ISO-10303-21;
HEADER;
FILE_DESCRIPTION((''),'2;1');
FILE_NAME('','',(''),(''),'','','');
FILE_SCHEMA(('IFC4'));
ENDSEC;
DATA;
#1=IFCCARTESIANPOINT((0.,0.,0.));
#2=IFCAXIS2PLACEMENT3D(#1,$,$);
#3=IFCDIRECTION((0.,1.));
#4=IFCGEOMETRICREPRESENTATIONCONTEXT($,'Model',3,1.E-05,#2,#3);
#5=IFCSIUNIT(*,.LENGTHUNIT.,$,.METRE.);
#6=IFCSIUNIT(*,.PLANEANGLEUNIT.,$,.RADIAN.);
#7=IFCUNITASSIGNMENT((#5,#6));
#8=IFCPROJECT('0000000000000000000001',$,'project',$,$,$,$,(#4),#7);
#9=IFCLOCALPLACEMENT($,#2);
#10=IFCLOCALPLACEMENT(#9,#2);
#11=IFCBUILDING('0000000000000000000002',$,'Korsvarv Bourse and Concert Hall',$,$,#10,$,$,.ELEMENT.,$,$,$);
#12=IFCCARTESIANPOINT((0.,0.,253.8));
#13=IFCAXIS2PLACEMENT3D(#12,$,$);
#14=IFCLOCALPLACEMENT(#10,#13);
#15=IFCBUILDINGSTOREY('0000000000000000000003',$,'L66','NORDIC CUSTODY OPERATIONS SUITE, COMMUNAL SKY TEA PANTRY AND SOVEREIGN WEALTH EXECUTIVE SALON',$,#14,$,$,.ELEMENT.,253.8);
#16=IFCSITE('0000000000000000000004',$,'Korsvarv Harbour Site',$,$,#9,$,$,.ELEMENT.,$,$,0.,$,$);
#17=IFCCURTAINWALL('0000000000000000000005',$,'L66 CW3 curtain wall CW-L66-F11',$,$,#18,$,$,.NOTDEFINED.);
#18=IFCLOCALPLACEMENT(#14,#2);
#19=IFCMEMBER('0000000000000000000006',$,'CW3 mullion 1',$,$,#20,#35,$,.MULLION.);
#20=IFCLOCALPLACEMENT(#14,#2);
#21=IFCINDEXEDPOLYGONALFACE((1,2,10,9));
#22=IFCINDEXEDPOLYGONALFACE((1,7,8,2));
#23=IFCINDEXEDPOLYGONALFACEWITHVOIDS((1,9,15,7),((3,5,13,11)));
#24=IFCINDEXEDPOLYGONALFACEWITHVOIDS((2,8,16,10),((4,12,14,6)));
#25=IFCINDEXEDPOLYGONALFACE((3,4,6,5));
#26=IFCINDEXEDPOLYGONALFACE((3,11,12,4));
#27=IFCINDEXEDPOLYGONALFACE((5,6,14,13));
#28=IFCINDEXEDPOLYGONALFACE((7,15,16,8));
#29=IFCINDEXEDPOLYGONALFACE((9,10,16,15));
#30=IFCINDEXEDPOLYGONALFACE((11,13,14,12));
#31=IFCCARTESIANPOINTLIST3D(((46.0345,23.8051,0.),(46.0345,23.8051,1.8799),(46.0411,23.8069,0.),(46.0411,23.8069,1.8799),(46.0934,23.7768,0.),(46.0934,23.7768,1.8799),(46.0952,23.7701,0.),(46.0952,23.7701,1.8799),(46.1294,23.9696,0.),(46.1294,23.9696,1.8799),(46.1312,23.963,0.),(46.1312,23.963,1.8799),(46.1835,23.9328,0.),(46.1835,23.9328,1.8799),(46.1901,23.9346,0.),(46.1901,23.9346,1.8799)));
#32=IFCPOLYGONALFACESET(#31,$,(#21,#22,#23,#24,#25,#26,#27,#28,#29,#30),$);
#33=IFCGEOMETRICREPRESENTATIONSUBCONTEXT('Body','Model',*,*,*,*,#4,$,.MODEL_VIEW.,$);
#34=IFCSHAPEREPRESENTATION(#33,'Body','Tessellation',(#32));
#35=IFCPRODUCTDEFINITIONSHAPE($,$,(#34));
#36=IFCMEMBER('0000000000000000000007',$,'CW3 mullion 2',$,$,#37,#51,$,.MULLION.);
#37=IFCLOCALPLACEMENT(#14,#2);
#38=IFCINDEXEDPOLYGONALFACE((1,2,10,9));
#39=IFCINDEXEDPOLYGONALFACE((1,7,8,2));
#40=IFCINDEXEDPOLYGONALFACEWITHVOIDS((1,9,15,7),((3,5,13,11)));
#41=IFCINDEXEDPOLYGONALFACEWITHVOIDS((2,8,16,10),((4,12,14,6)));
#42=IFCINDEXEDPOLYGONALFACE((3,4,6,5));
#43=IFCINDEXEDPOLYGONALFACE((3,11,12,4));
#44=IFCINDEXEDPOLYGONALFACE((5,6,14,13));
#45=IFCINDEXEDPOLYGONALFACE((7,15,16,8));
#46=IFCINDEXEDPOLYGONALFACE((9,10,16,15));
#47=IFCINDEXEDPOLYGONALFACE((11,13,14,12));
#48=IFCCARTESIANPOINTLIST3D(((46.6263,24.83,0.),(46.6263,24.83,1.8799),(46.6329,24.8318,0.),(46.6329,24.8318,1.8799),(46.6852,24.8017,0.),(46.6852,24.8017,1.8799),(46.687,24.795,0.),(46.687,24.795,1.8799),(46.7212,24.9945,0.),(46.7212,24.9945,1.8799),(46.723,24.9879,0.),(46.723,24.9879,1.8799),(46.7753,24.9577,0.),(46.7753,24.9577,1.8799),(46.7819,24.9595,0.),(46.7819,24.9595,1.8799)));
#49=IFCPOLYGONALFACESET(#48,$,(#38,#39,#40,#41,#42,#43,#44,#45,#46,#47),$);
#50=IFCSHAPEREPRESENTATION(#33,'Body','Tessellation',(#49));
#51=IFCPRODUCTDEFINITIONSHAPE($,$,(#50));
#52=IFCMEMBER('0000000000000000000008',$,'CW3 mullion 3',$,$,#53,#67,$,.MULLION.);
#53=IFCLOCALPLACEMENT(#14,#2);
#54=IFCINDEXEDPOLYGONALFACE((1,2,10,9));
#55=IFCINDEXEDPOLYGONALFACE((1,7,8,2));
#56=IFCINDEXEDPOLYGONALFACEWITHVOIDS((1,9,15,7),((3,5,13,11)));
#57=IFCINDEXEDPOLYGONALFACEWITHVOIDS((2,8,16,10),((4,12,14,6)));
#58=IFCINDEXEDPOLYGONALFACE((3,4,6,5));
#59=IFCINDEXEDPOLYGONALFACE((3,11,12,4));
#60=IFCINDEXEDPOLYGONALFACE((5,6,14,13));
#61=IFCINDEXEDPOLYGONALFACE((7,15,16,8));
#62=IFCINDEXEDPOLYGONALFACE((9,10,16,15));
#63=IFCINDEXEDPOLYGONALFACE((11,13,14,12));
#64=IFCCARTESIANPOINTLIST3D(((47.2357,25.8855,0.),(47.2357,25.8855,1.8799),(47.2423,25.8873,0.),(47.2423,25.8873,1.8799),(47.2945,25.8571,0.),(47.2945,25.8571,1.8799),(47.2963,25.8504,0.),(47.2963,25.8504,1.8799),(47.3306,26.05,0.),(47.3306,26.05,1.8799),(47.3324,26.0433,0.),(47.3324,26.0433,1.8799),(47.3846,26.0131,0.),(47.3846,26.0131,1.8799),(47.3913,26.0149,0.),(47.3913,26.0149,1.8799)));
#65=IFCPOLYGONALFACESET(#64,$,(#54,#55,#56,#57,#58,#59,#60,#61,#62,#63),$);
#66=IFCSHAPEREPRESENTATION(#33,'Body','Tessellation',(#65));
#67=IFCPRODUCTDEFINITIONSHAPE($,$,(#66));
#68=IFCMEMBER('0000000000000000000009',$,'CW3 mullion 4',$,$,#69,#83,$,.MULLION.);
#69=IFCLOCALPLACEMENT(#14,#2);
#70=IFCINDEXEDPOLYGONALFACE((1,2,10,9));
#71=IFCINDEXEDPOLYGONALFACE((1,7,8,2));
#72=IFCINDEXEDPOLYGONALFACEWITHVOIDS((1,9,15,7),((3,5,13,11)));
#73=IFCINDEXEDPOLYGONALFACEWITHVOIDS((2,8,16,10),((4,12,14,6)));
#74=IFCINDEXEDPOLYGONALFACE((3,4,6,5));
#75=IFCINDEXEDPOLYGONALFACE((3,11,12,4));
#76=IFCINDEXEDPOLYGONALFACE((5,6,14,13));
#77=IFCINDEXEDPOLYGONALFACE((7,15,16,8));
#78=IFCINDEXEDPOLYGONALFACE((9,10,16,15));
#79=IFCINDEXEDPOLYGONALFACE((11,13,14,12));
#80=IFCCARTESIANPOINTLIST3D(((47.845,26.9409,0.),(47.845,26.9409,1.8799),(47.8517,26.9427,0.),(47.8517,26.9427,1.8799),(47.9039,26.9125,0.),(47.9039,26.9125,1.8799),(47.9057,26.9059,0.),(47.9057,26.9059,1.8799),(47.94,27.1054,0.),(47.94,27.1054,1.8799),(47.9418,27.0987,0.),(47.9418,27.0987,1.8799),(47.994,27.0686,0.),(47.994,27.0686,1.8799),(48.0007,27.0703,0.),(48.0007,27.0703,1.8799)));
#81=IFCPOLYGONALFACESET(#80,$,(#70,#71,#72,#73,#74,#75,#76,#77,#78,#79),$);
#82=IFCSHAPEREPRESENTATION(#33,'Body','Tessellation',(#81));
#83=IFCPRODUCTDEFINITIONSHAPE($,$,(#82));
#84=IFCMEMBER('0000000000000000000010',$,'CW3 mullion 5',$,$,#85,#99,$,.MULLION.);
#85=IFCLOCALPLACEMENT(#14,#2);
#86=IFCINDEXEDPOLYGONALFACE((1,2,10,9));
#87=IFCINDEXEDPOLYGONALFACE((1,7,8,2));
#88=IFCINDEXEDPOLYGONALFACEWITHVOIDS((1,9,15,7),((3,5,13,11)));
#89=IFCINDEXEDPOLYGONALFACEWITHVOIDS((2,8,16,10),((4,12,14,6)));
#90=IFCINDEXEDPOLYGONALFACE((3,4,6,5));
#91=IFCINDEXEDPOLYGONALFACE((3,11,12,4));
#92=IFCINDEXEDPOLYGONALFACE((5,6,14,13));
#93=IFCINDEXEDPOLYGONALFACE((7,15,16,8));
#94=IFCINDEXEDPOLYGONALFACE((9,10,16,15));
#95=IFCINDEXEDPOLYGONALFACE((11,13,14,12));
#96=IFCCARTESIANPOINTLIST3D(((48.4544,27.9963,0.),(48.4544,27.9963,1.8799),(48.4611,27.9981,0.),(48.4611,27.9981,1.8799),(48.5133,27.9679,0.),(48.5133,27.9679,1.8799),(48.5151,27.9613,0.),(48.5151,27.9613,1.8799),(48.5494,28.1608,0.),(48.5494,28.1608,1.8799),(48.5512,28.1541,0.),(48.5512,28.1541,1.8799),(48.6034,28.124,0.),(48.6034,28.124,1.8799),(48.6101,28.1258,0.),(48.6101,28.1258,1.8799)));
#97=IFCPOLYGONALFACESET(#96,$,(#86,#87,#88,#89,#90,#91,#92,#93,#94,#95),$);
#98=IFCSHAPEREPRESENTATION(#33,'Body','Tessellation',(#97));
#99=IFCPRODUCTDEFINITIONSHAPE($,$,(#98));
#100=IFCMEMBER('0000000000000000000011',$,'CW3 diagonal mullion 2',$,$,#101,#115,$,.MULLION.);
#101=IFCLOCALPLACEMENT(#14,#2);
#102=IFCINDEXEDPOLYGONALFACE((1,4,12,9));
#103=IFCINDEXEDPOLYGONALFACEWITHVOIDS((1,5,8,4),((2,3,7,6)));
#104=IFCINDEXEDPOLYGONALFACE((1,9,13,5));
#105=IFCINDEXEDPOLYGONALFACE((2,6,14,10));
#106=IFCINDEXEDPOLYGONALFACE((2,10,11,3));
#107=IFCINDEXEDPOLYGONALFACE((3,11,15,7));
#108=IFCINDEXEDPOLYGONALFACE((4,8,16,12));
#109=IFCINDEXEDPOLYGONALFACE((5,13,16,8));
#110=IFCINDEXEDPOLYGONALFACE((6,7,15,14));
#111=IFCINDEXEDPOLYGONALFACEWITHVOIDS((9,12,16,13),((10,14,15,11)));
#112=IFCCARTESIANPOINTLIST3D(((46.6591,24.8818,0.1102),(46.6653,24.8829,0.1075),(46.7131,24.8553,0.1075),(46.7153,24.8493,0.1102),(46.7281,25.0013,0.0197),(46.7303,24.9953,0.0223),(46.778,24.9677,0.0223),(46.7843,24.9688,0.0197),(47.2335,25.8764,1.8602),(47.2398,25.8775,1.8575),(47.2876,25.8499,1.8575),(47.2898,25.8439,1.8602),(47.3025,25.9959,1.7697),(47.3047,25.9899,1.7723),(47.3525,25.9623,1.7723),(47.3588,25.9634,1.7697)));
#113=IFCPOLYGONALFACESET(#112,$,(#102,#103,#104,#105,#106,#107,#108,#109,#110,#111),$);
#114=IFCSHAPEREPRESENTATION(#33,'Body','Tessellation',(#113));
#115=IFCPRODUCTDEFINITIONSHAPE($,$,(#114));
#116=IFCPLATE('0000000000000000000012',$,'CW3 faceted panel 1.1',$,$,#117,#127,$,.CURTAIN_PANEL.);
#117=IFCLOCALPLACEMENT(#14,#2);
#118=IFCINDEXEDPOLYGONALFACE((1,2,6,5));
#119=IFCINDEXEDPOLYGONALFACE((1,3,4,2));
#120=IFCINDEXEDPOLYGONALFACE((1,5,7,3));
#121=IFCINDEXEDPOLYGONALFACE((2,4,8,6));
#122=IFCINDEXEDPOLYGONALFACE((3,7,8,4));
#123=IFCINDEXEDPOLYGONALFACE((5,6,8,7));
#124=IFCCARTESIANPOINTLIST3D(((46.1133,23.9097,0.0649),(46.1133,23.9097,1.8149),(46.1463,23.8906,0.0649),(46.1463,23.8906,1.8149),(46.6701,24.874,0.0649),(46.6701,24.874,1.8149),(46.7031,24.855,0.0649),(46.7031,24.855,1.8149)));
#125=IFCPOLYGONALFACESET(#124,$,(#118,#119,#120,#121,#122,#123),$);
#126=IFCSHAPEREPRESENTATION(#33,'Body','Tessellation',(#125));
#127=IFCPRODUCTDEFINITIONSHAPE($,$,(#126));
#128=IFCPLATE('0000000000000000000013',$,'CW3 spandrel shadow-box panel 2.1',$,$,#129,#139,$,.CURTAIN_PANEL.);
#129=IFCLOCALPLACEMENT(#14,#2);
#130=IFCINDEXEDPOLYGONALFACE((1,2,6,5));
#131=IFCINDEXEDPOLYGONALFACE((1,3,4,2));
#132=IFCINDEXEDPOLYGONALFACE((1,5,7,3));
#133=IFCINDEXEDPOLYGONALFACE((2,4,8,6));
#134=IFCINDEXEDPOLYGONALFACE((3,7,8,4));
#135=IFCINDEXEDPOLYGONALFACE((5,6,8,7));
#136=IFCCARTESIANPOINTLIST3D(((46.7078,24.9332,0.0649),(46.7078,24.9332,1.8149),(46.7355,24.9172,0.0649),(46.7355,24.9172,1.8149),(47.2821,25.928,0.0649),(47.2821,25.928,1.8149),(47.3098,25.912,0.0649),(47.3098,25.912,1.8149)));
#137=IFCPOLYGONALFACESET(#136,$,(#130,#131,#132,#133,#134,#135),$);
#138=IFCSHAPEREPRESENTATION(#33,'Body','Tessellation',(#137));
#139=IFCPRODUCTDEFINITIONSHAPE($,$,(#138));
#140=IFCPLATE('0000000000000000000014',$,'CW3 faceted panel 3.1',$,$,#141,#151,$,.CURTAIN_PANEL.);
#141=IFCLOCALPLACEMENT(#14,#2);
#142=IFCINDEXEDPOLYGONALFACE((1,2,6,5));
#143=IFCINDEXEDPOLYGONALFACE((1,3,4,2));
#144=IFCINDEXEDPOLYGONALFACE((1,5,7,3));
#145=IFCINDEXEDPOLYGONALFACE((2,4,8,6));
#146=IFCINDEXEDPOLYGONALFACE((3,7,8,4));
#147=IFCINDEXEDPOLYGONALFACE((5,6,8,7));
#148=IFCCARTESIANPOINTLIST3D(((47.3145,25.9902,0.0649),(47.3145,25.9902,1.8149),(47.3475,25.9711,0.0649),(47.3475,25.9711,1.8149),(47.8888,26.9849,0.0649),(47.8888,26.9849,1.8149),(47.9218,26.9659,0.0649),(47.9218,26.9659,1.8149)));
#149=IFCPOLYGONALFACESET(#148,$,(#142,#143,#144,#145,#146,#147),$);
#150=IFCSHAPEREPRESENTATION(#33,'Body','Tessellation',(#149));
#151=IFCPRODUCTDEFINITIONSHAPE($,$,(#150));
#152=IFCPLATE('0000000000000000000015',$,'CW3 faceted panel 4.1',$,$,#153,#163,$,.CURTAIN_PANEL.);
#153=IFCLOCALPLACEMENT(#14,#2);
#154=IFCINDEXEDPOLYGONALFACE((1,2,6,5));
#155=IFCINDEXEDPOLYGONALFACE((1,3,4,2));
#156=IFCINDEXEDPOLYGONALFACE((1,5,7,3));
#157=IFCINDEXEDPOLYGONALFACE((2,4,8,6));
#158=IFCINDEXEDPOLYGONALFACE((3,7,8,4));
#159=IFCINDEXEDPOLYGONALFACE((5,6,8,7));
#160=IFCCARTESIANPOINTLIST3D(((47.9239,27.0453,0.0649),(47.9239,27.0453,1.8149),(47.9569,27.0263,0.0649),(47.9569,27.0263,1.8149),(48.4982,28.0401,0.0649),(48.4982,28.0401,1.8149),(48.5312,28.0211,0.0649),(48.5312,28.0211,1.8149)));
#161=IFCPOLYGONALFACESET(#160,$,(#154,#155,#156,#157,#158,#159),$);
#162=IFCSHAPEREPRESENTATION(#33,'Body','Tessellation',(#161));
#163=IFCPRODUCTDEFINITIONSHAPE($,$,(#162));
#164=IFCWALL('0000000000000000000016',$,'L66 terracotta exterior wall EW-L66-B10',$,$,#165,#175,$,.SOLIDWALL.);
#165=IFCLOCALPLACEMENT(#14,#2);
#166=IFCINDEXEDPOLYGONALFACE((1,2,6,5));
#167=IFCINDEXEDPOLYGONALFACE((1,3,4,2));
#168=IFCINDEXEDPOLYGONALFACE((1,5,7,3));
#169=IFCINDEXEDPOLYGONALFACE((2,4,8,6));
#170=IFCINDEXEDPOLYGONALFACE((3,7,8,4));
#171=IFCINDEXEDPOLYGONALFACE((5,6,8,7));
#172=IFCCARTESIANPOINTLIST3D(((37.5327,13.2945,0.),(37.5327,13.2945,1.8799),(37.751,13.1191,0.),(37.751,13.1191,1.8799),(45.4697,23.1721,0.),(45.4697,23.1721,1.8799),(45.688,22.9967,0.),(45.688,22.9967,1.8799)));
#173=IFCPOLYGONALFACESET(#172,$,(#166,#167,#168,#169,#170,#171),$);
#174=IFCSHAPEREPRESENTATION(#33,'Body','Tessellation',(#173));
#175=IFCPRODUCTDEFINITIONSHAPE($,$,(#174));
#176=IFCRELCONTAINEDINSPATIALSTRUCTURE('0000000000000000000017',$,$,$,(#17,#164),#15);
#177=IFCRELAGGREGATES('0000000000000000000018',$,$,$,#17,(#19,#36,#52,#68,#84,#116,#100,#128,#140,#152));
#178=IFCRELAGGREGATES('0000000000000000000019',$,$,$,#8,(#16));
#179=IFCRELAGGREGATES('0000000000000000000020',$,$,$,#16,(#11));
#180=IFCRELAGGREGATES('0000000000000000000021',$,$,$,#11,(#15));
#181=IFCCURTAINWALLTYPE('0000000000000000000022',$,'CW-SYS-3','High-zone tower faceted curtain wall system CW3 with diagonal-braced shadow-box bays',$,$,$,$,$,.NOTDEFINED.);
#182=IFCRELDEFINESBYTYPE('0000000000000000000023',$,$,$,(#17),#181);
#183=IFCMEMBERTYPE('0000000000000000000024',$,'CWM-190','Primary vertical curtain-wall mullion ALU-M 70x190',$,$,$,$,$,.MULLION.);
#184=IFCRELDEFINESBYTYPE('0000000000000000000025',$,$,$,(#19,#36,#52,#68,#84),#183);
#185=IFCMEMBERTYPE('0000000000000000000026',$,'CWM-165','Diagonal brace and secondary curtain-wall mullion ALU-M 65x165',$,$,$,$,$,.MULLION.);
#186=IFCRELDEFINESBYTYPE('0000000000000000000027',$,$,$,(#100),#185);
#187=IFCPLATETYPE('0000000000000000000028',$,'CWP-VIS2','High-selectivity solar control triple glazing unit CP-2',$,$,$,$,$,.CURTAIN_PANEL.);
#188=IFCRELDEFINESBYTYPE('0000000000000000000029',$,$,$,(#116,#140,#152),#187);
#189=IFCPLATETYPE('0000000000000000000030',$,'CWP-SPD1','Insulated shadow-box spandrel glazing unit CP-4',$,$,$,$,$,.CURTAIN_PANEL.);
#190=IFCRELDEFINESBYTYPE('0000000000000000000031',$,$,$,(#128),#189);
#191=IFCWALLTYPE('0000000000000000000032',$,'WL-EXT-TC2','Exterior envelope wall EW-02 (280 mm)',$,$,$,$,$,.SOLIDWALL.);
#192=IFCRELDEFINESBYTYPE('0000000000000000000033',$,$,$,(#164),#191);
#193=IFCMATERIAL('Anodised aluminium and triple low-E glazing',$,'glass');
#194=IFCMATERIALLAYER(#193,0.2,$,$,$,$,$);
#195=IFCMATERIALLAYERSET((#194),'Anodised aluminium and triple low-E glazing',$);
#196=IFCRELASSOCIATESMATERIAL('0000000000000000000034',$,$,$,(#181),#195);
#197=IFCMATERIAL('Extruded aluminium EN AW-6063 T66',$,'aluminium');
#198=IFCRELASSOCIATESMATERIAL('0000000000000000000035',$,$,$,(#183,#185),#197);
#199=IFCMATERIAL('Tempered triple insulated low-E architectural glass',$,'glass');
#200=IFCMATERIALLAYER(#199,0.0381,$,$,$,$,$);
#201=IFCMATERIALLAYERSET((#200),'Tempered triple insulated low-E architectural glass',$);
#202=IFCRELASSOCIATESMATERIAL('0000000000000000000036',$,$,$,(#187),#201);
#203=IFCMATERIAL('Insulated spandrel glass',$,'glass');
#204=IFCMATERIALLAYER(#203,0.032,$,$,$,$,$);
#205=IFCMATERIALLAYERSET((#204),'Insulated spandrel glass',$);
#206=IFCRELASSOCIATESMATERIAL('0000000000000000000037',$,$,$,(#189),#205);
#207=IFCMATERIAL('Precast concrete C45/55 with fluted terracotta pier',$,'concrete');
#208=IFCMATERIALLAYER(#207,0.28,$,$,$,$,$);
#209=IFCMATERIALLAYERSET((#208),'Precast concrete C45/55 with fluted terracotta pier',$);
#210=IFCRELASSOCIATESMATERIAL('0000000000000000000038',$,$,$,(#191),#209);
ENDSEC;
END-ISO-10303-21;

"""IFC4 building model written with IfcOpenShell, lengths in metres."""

from ifc_helpers import new_model, si_unit, direction, frame, frame_2d, origin, origin_2d, place, context, subcontext, project, spatial, rectangle, hollow_rectangle, extrude, source, transform, mapped, material, layer, layer_set, material_profile, profile_set, type_object, element, aggregate, save


model = new_model("IFC4")

# Units and contexts
model_context = context("Model", 3, precision=1e-05, world=origin(), true_north=direction((0.0, 1.0)))
body_context = subcontext(model_context, "Body", "Model", "MODEL_VIEW")
ifc_project = project(units=[si_unit("LENGTHUNIT", "METRE"), si_unit("PLANEANGLEUNIT", "RADIAN")], contexts=[model_context])

# Site, building, storey
site_placement = place(None, origin())
site = spatial("IfcSite", under=ifc_project, at=site_placement, Name="Korsvarv Harbour Site", CompositionType="ELEMENT", RefElevation=0.0)
building_placement = place(site_placement, origin())
building = spatial("IfcBuilding", under=site, at=building_placement, Name="Korsvarv Bourse and Concert Hall", CompositionType="ELEMENT")
storey_placement = place(building_placement, frame((0.0, 0.0, 253.8)))
storey = spatial("IfcBuildingStorey", under=building, at=storey_placement, Name="L66", Description="NORDIC CUSTODY OPERATIONS SUITE, COMMUNAL SKY TEA PANTRY AND SOVEREIGN WEALTH EXECUTIVE SALON", CompositionType="ELEMENT", Elevation=253.8)

# Curtain wall, members, plates
ifc_material_1 = material(Name="Anodised aluminium and triple low-E glazing", Category="glass")
ifc_layer_1 = layer(ifc_material_1, 0.2)
ifc_layer_set_1 = layer_set([ifc_layer_1], Name="Anodised aluminium and triple low-E glazing")
curtain_wall_type = type_object("IfcCurtainWallType", Name="CW-SYS-3", Description="High-zone tower faceted curtain wall system CW3 with diagonal-braced shadow-box bays", PredefinedType="NOTDEFINED", material=ifc_layer_set_1)
curtain_wall_placement = place(storey_placement, origin())
curtain_wall = element("IfcCurtainWall", 1, at=curtain_wall_placement, inside=storey, type_object=curtain_wall_type, Name="L66 CW3 curtain wall CW-L66-F11", PredefinedType="NOTDEFINED")
ifc_material_2 = material(Name="Extruded aluminium EN AW-6063 T66", Category="aluminium")
ifc_material_profile_1 = material_profile(ifc_material_2, hollow_rectangle(XDim=0.0701, YDim=0.1899, WallThickness=0.0049, at=origin_2d()), Name="ALU-M 70x190")
ifc_profile_set_1 = profile_set([ifc_material_profile_1], Name="Extruded aluminium EN AW-6063 T66")
member_type_1 = type_object("IfcMemberType", Name="CWM-190", Description="Primary vertical curtain-wall mullion ALU-M 70x190", PredefinedType="MULLION", material=ifc_profile_set_1)
shared_shape_1 = source(origin(), body_context, "Body", "SweptSolid", [
    extrude(hollow_rectangle(XDim=0.0701, YDim=0.1899, WallThickness=0.0049, at=origin_2d()), origin(), (0.0, 0.0, 1.0), 1.8799),
])
member_1_placement = place(storey_placement, frame((46.1123, 23.8699, 0.0), z_axis=(0.0, 0.0, 1.0), x_axis=(-0.866023, 0.500004, 0.0)))
member_1 = element("IfcMember", 2, at=member_1_placement, type_object=member_type_1, Name="CW3 mullion 1", PredefinedType="MULLION", context=body_context, shape_type="MappedRepresentation", body=[
    mapped(shared_shape_1, transform((0.0, 0.0, 0.0), scale=1.0)),
])
member_2_placement = place(storey_placement, frame((46.7041, 24.8948, 0.0), z_axis=(0.0, 0.0, 1.0), x_axis=(-0.866023, 0.500004, 0.0)))
member_2 = element("IfcMember", 3, at=member_2_placement, type_object=member_type_1, Name="CW3 mullion 2", PredefinedType="MULLION", context=body_context, shape_type="MappedRepresentation", body=[
    mapped(shared_shape_1, transform((0.0, 0.0, 0.0), scale=1.0)),
])
member_3_placement = place(storey_placement, frame((47.3135, 25.9502, 0.0), z_axis=(0.0, 0.0, 1.0), x_axis=(-0.866023, 0.500004, 0.0)))
member_3 = element("IfcMember", 4, at=member_3_placement, type_object=member_type_1, Name="CW3 mullion 3", PredefinedType="MULLION", context=body_context, shape_type="MappedRepresentation", body=[
    mapped(shared_shape_1, transform((0.0, 0.0, 0.0), scale=1.0)),
])
member_4_placement = place(storey_placement, frame((47.9229, 27.0056, 0.0), z_axis=(0.0, 0.0, 1.0), x_axis=(-0.866023, 0.500004, 0.0)))
member_4 = element("IfcMember", 5, at=member_4_placement, type_object=member_type_1, Name="CW3 mullion 4", PredefinedType="MULLION", context=body_context, shape_type="MappedRepresentation", body=[
    mapped(shared_shape_1, transform((0.0, 0.0, 0.0), scale=1.0)),
])
member_5_placement = place(storey_placement, frame((48.5322, 28.061, 0.0), z_axis=(0.0, 0.0, 1.0), x_axis=(-0.866023, 0.500004, 0.0)))
member_5 = element("IfcMember", 6, at=member_5_placement, type_object=member_type_1, Name="CW3 mullion 5", PredefinedType="MULLION", context=body_context, shape_type="MappedRepresentation", body=[
    mapped(shared_shape_1, transform((0.0, 0.0, 0.0), scale=1.0)),
])
ifc_material_profile_2 = material_profile(ifc_material_2, hollow_rectangle(XDim=0.0649, YDim=0.165, WallThickness=0.0049, at=origin_2d()), Name="ALU-M 65x165")
ifc_profile_set_2 = profile_set([ifc_material_profile_2], Name="Extruded aluminium EN AW-6063 T66")
member_type_2 = type_object("IfcMemberType", Name="CWM-165", Description="Diagonal brace and secondary curtain-wall mullion ALU-M 65x165", PredefinedType="MULLION", material=ifc_profile_set_2)
shared_shape_2 = source(origin(), body_context, "Body", "SweptSolid", [
    extrude(hollow_rectangle(XDim=0.0649, YDim=0.165, WallThickness=0.0049, at=origin_2d()), origin(), (0.0, 0.0, 1.0), 2.0933),
])
member_6_placement = place(storey_placement, frame((46.7217, 24.9253, 0.0649), z_axis=(0.274433, 0.475155, 0.836011), x_axis=(-0.865945, 0.500139, 0.0)))
member_6 = element("IfcMember", 7, at=member_6_placement, type_object=member_type_2, Name="CW3 diagonal mullion 2", PredefinedType="MULLION", context=body_context, shape_type="MappedRepresentation", body=[
    mapped(shared_shape_2, transform((0.0, 0.0, 0.0), scale=1.0)),
])
ifc_material_3 = material(Name="Tempered triple insulated low-E architectural glass", Category="glass")
ifc_layer_2 = layer(ifc_material_3, 0.0381)
ifc_layer_set_2 = layer_set([ifc_layer_2], Name="Tempered triple insulated low-E architectural glass")
plate_type_1 = type_object("IfcPlateType", Name="CWP-VIS2", Description="High-selectivity solar control triple glazing unit CP-2", PredefinedType="CURTAIN_PANEL", material=ifc_layer_set_2)
shared_shape_3 = source(origin(), body_context, "Body", "SweptSolid", [
    extrude(rectangle(XDim=1.1135, YDim=0.0381, at=origin_2d()), origin(), (0.0, 0.0, 1.0), 1.75),
])
plate_1_placement = place(storey_placement, frame((46.4082, 24.3823, 0.0649), z_axis=(0.0, 0.0, 1.0), x_axis=(0.500004, 0.866023, 0.0)))
plate_1 = element("IfcPlate", 8, at=plate_1_placement, type_object=plate_type_1, Name="CW3 faceted panel 1.1", PredefinedType="CURTAIN_PANEL", context=body_context, shape_type="MappedRepresentation", body=[
    mapped(shared_shape_3, transform((0.0, 0.0, 0.0), scale=1.0)),
])
ifc_material_4 = material(Name="Insulated spandrel glass", Category="glass")
ifc_layer_3 = layer(ifc_material_4, 0.032)
ifc_layer_set_3 = layer_set([ifc_layer_3], Name="Insulated spandrel glass")
plate_type_2 = type_object("IfcPlateType", Name="CWP-SPD1", Description="Insulated shadow-box spandrel glazing unit CP-4", PredefinedType="CURTAIN_PANEL", material=ifc_layer_set_3)
shared_shape_4 = source(origin(), body_context, "Body", "SweptSolid", [
    extrude(rectangle(XDim=1.1487, YDim=0.032, at=origin_2d()), origin(), (0.0, 0.0, 1.0), 1.75),
])
plate_2_placement = place(storey_placement, frame((47.0088, 25.4226, 0.0649), z_axis=(0.0, 0.0, 1.0), x_axis=(0.500004, 0.866023, 0.0)))
plate_2 = element("IfcPlate", 9, at=plate_2_placement, type_object=plate_type_2, Name="CW3 spandrel shadow-box panel 2.1", PredefinedType="CURTAIN_PANEL", context=body_context, shape_type="MappedRepresentation", body=[
    mapped(shared_shape_4, transform((0.0, 0.0, 0.0), scale=1.0)),
])
shared_shape_5 = source(origin(), body_context, "Body", "SweptSolid", [
    extrude(rectangle(XDim=1.1487, YDim=0.0381, at=origin_2d()), origin(), (0.0, 0.0, 1.0), 1.75),
])
plate_3_placement = place(storey_placement, frame((47.6182, 26.478, 0.0649), z_axis=(0.0, 0.0, 1.0), x_axis=(0.500004, 0.866023, 0.0)))
plate_3 = element("IfcPlate", 10, at=plate_3_placement, type_object=plate_type_1, Name="CW3 faceted panel 3.1", PredefinedType="CURTAIN_PANEL", context=body_context, shape_type="MappedRepresentation", body=[
    mapped(shared_shape_5, transform((0.0, 0.0, 0.0), scale=1.0)),
])
plate_4_placement = place(storey_placement, frame((48.2275, 27.5332, 0.0649), z_axis=(0.0, 0.0, 1.0), x_axis=(0.500004, 0.866023, 0.0)))
plate_4 = element("IfcPlate", 11, at=plate_4_placement, type_object=plate_type_1, Name="CW3 faceted panel 4.1", PredefinedType="CURTAIN_PANEL", context=body_context, shape_type="MappedRepresentation", body=[
    mapped(shared_shape_5, transform((0.0, 0.0, 0.0), scale=1.0)),
])
aggregate(curtain_wall, [member_1, member_2, member_3, member_4, member_5, plate_1, member_6, plate_2, plate_3, plate_4])

# Wall
ifc_material_5 = material(Name="Precast concrete C45/55 with fluted terracotta pier", Category="concrete")
ifc_layer_4 = layer(ifc_material_5, 0.28)
ifc_layer_set_4 = layer_set([ifc_layer_4], Name="Precast concrete C45/55 with fluted terracotta pier")
wall_type_1 = type_object("IfcWallType", Name="WL-EXT-TC2", Description="Exterior envelope wall EW-02 (280 mm)", PredefinedType="SOLIDWALL", material=ifc_layer_set_4)
wall_1_placement = place(storey_placement, frame((37.6418, 13.2068, 0.0), z_axis=(0.0, 0.0, 1.0), x_axis=(0.626371, 0.779525, 0.0)))
element("IfcWall", 12, at=wall_1_placement, inside=storey, type_object=wall_type_1, Name="L66 terracotta exterior wall EW-L66-B10", PredefinedType="SOLIDWALL", context=body_context, shape_type="SweptSolid", body=[
    extrude(rectangle(XDim=12.6714, YDim=0.28, at=frame_2d((6.3357, 0.0))), origin(), (0.0, 0.0, 1.0), 1.8799),
])

save(model, "model.ifc")
